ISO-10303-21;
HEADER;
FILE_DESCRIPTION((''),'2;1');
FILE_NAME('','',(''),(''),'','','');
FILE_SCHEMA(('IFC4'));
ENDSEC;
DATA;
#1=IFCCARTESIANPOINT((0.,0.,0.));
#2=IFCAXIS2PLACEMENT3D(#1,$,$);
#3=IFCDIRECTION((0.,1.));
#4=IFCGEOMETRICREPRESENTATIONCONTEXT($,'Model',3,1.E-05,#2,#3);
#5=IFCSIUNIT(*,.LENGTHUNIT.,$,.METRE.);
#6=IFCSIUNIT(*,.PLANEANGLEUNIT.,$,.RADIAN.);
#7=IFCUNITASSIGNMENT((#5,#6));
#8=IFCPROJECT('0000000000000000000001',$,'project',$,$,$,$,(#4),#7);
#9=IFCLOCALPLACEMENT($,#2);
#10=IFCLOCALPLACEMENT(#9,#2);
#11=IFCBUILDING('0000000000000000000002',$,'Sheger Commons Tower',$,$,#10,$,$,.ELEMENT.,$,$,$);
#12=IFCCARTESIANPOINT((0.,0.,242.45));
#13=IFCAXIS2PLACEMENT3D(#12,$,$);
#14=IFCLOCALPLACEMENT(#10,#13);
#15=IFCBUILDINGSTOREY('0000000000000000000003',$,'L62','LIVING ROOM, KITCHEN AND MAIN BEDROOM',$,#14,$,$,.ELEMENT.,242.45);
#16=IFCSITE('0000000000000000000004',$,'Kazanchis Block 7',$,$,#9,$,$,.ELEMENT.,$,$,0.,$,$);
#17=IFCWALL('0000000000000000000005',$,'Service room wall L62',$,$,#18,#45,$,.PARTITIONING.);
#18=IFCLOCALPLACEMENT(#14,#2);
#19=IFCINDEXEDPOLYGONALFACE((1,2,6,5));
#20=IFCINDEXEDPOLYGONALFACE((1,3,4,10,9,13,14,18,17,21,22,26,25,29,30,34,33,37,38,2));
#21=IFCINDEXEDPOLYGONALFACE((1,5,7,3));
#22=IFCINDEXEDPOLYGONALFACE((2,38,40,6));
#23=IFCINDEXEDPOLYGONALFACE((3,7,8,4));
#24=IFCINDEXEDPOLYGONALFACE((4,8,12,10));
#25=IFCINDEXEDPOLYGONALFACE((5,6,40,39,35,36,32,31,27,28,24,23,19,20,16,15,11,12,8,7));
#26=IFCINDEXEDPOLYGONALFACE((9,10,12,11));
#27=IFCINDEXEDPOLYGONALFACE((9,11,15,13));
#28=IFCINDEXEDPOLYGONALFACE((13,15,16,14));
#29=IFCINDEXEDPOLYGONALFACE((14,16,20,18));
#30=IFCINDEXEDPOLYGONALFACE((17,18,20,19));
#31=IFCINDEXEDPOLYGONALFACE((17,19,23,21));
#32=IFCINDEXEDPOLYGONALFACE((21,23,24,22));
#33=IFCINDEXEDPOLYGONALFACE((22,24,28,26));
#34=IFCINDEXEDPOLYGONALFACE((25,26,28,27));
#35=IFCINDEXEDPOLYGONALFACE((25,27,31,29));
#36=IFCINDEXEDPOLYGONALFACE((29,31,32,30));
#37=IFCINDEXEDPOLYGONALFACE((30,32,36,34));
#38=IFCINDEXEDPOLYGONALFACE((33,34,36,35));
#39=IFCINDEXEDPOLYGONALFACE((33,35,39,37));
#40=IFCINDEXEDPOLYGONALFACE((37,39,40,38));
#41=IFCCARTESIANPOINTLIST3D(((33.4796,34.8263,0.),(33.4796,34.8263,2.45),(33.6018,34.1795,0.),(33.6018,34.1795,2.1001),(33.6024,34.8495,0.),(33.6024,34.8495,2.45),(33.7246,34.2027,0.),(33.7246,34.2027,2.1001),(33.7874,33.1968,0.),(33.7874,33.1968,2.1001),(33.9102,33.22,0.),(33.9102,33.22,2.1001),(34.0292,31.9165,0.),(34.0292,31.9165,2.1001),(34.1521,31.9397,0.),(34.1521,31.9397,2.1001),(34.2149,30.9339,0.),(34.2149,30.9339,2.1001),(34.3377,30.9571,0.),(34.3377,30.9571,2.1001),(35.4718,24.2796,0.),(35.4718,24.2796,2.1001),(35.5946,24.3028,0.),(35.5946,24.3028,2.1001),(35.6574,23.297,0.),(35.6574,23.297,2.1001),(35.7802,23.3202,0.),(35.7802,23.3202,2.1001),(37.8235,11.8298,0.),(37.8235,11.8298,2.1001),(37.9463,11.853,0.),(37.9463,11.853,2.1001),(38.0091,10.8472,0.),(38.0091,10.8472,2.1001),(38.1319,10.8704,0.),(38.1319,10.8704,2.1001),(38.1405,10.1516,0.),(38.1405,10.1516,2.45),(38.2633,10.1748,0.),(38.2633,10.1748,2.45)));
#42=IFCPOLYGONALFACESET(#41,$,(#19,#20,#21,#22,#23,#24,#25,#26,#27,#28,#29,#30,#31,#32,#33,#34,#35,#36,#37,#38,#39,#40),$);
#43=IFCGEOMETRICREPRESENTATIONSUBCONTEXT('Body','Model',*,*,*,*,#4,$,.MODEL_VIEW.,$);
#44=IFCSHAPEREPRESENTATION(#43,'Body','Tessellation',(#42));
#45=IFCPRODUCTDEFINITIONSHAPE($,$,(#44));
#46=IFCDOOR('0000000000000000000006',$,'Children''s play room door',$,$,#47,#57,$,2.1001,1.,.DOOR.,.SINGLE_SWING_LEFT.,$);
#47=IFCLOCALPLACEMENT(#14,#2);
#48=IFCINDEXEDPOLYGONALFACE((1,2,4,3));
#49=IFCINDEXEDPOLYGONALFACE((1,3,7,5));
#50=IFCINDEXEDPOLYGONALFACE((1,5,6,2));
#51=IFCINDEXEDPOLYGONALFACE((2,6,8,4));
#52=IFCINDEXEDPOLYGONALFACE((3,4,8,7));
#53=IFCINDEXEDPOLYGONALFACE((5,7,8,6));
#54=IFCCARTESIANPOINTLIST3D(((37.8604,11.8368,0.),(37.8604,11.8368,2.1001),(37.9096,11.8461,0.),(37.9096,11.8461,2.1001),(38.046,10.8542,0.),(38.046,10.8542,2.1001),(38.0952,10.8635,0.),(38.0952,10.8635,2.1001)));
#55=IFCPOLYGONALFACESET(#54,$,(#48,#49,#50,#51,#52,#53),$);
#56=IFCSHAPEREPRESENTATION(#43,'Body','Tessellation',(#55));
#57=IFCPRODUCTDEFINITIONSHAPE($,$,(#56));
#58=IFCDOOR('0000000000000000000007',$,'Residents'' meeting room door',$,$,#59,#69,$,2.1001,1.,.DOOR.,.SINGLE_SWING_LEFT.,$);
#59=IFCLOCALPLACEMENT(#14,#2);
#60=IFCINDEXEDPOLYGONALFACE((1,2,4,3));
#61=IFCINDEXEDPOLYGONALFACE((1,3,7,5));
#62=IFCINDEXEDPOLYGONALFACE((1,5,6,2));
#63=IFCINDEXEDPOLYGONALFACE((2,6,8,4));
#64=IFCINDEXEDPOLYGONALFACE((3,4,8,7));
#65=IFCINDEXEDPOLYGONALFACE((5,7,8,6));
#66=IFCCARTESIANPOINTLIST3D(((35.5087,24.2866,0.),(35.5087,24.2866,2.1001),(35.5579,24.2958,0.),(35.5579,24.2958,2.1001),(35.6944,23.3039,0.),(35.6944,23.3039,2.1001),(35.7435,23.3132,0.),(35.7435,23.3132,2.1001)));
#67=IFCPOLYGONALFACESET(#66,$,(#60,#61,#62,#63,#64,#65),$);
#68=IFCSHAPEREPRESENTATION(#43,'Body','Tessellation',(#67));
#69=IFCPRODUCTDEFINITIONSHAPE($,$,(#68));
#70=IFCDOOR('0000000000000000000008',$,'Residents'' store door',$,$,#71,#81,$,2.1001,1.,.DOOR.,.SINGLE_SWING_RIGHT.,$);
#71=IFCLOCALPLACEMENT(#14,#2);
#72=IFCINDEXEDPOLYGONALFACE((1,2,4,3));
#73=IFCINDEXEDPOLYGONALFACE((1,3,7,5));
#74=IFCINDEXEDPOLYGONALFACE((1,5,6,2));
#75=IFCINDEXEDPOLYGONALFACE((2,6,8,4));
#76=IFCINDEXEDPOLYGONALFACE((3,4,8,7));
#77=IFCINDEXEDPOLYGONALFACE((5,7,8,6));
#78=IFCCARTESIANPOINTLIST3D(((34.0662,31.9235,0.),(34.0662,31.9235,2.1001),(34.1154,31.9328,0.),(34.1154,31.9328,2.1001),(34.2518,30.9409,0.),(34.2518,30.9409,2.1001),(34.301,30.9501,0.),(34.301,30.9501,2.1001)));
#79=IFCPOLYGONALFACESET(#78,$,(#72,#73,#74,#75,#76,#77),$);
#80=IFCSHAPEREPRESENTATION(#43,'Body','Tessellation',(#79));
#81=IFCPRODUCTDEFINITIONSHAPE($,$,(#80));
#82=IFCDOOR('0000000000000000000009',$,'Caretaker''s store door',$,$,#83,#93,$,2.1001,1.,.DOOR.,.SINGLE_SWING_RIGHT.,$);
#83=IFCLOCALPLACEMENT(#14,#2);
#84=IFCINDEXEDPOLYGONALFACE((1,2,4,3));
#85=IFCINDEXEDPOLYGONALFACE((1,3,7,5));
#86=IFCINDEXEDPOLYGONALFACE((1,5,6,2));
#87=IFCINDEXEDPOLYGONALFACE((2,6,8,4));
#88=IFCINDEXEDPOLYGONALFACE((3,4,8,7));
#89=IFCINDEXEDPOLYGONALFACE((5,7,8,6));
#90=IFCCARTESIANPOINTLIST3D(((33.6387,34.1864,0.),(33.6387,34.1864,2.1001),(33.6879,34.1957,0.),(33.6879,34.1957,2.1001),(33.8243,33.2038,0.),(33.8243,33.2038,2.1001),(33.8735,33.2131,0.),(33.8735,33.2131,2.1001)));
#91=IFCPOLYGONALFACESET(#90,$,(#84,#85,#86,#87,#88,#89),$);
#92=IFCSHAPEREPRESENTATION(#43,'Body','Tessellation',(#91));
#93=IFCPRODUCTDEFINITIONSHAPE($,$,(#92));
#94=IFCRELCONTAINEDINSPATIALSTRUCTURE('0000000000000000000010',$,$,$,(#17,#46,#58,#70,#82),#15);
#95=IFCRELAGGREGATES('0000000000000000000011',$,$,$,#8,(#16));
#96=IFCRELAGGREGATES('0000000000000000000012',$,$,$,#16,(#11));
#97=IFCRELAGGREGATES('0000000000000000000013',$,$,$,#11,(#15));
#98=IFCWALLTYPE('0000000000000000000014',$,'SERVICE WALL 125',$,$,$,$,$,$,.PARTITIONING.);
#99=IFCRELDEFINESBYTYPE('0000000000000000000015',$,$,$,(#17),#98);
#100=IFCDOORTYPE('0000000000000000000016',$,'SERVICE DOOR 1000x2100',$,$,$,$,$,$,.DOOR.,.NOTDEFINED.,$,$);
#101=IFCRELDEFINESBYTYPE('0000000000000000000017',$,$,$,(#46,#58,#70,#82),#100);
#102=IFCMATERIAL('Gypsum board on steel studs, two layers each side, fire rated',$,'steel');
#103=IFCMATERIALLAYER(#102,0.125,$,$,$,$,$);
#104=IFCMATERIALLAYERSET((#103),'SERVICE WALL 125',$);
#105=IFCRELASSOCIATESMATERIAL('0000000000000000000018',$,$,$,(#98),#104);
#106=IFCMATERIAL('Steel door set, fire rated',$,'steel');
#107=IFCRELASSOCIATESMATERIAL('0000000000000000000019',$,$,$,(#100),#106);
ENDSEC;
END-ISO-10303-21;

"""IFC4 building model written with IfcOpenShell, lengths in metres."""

from ifc_helpers import new_model, si_unit, direction, frame, frame_2d, origin, place, context, subcontext, project, spatial, rectangle, extrude, material, layer, layer_set, type_object, element, fill, save


model = new_model("IFC4")

# Units and contexts
model_context = context("Model", 3, precision=1e-05, world=origin(), true_north=direction((0.0, 1.0)))
body_context = subcontext(model_context, "Body", "Model", "MODEL_VIEW")
ifc_project = project(units=[si_unit("LENGTHUNIT", "METRE"), si_unit("PLANEANGLEUNIT", "RADIAN")], contexts=[model_context])

# Site, building, storey
site_placement = place(None, origin())
site = spatial("IfcSite", under=ifc_project, at=site_placement, Name="Kazanchis Block 7", CompositionType="ELEMENT", RefElevation=0.0)
building_placement = place(site_placement, origin())
building = spatial("IfcBuilding", under=site, at=building_placement, Name="Sheger Commons Tower", CompositionType="ELEMENT")
storey_placement = place(building_placement, frame((0.0, 0.0, 242.45)))
storey = spatial("IfcBuildingStorey", under=building, at=storey_placement, Name="L62", Description="LIVING ROOM, KITCHEN AND MAIN BEDROOM", CompositionType="ELEMENT", Elevation=242.45)

# Shared definitions
ifc_material_1 = material(Name="Gypsum board on steel studs, two layers each side, fire rated", Category="steel")
ifc_layer_1 = layer(ifc_material_1, 0.125)
ifc_layer_set_1 = layer_set([ifc_layer_1], Name="SERVICE WALL 125")
wall_type_1 = type_object("IfcWallType", Name="SERVICE WALL 125", PredefinedType="PARTITIONING", material=ifc_layer_set_1)

# Wall, openings, doors
wall_1_placement = place(storey_placement, frame((38.2019, 10.1631, 0.0), z_axis=(0.0, 0.0, 1.0), x_axis=(-0.18561, 0.982623, 0.0)))
wall_1 = element("IfcWall", 1, at=wall_1_placement, inside=storey, type_object=wall_type_1, Name="Service room wall L62", PredefinedType="PARTITIONING", context=body_context, shape_type="SweptSolid", body=[
    extrude(rectangle(XDim=25.1111, YDim=0.125, at=frame_2d((12.5557, 0.0))), origin(), (0.0, 0.0, 1.0), 2.45),
])
opening_1_placement = place(wall_1_placement, frame((0.708, 0.0, 0.0)))
opening_1 = element("IfcOpeningElement", 2, at=opening_1_placement, cuts=wall_1, PredefinedType="OPENING", context=body_context, shape_type="SweptSolid", body=[
    extrude(rectangle(XDim=1.0, YDim=2.1001, at=frame_2d((0.5, 1.05))), frame((0.0, 0.0725, 0.0), z_axis=(0.0, -1.0, 0.0), x_axis=(1.0, 0.0, 0.0)), (0.0, 0.0, 1.0), 0.145),
])
opening_2_placement = place(wall_1_placement, frame((13.3779, 0.0, 0.0)))
opening_2 = element("IfcOpeningElement", 3, at=opening_2_placement, cuts=wall_1, PredefinedType="OPENING", context=body_context, shape_type="SweptSolid", body=[
    extrude(rectangle(XDim=1.0, YDim=2.1001, at=frame_2d((0.5, 1.05))), frame((0.0, 0.0725, 0.0), z_axis=(0.0, -1.0, 0.0), x_axis=(1.0, 0.0, 0.0)), (0.0, 0.0, 1.0), 0.145),
])
opening_3_placement = place(wall_1_placement, frame((21.1499, 0.0, 0.0)))
opening_3 = element("IfcOpeningElement", 4, at=opening_3_placement, cuts=wall_1, PredefinedType="OPENING", context=body_context, shape_type="SweptSolid", body=[
    extrude(rectangle(XDim=1.0, YDim=2.1001, at=frame_2d((0.5, 1.05))), frame((0.0, 0.0725, 0.0), z_axis=(0.0, -1.0, 0.0), x_axis=(1.0, 0.0, 0.0)), (0.0, 0.0, 1.0), 0.145),
])
opening_4_placement = place(wall_1_placement, frame((23.4529, 0.0, 0.0)))
opening_4 = element("IfcOpeningElement", 5, at=opening_4_placement, cuts=wall_1, PredefinedType="OPENING", context=body_context, shape_type="SweptSolid", body=[
    extrude(rectangle(XDim=1.0, YDim=2.1001, at=frame_2d((0.5, 1.05))), frame((0.0, 0.0725, 0.0), z_axis=(0.0, -1.0, 0.0), x_axis=(1.0, 0.0, 0.0)), (0.0, 0.0, 1.0), 0.145),
])
ifc_material_2 = material(Name="Steel door set, fire rated", Category="steel")
door_type_1 = type_object("IfcDoorType", Name="SERVICE DOOR 1000x2100", OperationType="NOTDEFINED", PredefinedType="DOOR", material=ifc_material_2)
door_1_placement = place(opening_1_placement, origin())
door_1 = element("IfcDoor", 6, at=door_1_placement, inside=storey, type_object=door_type_1, Name="Children's play room door", OperationType="SINGLE_SWING_LEFT", OverallHeight=2.1001, OverallWidth=1.0, PredefinedType="DOOR", context=body_context, shape_type="SweptSolid", body=[
    extrude(rectangle(XDim=1.0, YDim=2.1001, at=frame_2d((0.5, 1.05))), frame((0.0, 0.0249, 0.0), z_axis=(0.0, -1.0, 0.0), x_axis=(1.0, 0.0, 0.0)), (0.0, 0.0, 1.0), 0.05),
])
fill(opening_1, door_1)
door_2_placement = place(opening_2_placement, origin())
door_2 = element("IfcDoor", 7, at=door_2_placement, inside=storey, type_object=door_type_1, Name="Residents' meeting room door", OperationType="SINGLE_SWING_LEFT", OverallHeight=2.1001, OverallWidth=1.0, PredefinedType="DOOR", context=body_context, shape_type="SweptSolid", body=[
    extrude(rectangle(XDim=1.0, YDim=2.1001, at=frame_2d((0.5, 1.05))), frame((0.0, 0.0249, 0.0), z_axis=(0.0, -1.0, 0.0), x_axis=(1.0, 0.0, 0.0)), (0.0, 0.0, 1.0), 0.05),
])
fill(opening_2, door_2)
door_3_placement = place(opening_3_placement, origin())
door_3 = element("IfcDoor", 8, at=door_3_placement, inside=storey, type_object=door_type_1, Name="Residents' store door", OperationType="SINGLE_SWING_RIGHT", OverallHeight=2.1001, OverallWidth=1.0, PredefinedType="DOOR", context=body_context, shape_type="SweptSolid", body=[
    extrude(rectangle(XDim=1.0, YDim=2.1001, at=frame_2d((0.5, 1.05))), frame((0.0, 0.0249, 0.0), z_axis=(0.0, -1.0, 0.0), x_axis=(1.0, 0.0, 0.0)), (0.0, 0.0, 1.0), 0.05),
])
fill(opening_3, door_3)
door_4_placement = place(opening_4_placement, origin())
door_4 = element("IfcDoor", 9, at=door_4_placement, inside=storey, type_object=door_type_1, Name="Caretaker's store door", OperationType="SINGLE_SWING_RIGHT", OverallHeight=2.1001, OverallWidth=1.0, PredefinedType="DOOR", context=body_context, shape_type="SweptSolid", body=[
    extrude(rectangle(XDim=1.0, YDim=2.1001, at=frame_2d((0.5, 1.05))), frame((0.0, 0.0249, 0.0), z_axis=(0.0, -1.0, 0.0), x_axis=(1.0, 0.0, 0.0)), (0.0, 0.0, 1.0), 0.05),
])
fill(opening_4, door_4)

save(model, "model.ifc")
